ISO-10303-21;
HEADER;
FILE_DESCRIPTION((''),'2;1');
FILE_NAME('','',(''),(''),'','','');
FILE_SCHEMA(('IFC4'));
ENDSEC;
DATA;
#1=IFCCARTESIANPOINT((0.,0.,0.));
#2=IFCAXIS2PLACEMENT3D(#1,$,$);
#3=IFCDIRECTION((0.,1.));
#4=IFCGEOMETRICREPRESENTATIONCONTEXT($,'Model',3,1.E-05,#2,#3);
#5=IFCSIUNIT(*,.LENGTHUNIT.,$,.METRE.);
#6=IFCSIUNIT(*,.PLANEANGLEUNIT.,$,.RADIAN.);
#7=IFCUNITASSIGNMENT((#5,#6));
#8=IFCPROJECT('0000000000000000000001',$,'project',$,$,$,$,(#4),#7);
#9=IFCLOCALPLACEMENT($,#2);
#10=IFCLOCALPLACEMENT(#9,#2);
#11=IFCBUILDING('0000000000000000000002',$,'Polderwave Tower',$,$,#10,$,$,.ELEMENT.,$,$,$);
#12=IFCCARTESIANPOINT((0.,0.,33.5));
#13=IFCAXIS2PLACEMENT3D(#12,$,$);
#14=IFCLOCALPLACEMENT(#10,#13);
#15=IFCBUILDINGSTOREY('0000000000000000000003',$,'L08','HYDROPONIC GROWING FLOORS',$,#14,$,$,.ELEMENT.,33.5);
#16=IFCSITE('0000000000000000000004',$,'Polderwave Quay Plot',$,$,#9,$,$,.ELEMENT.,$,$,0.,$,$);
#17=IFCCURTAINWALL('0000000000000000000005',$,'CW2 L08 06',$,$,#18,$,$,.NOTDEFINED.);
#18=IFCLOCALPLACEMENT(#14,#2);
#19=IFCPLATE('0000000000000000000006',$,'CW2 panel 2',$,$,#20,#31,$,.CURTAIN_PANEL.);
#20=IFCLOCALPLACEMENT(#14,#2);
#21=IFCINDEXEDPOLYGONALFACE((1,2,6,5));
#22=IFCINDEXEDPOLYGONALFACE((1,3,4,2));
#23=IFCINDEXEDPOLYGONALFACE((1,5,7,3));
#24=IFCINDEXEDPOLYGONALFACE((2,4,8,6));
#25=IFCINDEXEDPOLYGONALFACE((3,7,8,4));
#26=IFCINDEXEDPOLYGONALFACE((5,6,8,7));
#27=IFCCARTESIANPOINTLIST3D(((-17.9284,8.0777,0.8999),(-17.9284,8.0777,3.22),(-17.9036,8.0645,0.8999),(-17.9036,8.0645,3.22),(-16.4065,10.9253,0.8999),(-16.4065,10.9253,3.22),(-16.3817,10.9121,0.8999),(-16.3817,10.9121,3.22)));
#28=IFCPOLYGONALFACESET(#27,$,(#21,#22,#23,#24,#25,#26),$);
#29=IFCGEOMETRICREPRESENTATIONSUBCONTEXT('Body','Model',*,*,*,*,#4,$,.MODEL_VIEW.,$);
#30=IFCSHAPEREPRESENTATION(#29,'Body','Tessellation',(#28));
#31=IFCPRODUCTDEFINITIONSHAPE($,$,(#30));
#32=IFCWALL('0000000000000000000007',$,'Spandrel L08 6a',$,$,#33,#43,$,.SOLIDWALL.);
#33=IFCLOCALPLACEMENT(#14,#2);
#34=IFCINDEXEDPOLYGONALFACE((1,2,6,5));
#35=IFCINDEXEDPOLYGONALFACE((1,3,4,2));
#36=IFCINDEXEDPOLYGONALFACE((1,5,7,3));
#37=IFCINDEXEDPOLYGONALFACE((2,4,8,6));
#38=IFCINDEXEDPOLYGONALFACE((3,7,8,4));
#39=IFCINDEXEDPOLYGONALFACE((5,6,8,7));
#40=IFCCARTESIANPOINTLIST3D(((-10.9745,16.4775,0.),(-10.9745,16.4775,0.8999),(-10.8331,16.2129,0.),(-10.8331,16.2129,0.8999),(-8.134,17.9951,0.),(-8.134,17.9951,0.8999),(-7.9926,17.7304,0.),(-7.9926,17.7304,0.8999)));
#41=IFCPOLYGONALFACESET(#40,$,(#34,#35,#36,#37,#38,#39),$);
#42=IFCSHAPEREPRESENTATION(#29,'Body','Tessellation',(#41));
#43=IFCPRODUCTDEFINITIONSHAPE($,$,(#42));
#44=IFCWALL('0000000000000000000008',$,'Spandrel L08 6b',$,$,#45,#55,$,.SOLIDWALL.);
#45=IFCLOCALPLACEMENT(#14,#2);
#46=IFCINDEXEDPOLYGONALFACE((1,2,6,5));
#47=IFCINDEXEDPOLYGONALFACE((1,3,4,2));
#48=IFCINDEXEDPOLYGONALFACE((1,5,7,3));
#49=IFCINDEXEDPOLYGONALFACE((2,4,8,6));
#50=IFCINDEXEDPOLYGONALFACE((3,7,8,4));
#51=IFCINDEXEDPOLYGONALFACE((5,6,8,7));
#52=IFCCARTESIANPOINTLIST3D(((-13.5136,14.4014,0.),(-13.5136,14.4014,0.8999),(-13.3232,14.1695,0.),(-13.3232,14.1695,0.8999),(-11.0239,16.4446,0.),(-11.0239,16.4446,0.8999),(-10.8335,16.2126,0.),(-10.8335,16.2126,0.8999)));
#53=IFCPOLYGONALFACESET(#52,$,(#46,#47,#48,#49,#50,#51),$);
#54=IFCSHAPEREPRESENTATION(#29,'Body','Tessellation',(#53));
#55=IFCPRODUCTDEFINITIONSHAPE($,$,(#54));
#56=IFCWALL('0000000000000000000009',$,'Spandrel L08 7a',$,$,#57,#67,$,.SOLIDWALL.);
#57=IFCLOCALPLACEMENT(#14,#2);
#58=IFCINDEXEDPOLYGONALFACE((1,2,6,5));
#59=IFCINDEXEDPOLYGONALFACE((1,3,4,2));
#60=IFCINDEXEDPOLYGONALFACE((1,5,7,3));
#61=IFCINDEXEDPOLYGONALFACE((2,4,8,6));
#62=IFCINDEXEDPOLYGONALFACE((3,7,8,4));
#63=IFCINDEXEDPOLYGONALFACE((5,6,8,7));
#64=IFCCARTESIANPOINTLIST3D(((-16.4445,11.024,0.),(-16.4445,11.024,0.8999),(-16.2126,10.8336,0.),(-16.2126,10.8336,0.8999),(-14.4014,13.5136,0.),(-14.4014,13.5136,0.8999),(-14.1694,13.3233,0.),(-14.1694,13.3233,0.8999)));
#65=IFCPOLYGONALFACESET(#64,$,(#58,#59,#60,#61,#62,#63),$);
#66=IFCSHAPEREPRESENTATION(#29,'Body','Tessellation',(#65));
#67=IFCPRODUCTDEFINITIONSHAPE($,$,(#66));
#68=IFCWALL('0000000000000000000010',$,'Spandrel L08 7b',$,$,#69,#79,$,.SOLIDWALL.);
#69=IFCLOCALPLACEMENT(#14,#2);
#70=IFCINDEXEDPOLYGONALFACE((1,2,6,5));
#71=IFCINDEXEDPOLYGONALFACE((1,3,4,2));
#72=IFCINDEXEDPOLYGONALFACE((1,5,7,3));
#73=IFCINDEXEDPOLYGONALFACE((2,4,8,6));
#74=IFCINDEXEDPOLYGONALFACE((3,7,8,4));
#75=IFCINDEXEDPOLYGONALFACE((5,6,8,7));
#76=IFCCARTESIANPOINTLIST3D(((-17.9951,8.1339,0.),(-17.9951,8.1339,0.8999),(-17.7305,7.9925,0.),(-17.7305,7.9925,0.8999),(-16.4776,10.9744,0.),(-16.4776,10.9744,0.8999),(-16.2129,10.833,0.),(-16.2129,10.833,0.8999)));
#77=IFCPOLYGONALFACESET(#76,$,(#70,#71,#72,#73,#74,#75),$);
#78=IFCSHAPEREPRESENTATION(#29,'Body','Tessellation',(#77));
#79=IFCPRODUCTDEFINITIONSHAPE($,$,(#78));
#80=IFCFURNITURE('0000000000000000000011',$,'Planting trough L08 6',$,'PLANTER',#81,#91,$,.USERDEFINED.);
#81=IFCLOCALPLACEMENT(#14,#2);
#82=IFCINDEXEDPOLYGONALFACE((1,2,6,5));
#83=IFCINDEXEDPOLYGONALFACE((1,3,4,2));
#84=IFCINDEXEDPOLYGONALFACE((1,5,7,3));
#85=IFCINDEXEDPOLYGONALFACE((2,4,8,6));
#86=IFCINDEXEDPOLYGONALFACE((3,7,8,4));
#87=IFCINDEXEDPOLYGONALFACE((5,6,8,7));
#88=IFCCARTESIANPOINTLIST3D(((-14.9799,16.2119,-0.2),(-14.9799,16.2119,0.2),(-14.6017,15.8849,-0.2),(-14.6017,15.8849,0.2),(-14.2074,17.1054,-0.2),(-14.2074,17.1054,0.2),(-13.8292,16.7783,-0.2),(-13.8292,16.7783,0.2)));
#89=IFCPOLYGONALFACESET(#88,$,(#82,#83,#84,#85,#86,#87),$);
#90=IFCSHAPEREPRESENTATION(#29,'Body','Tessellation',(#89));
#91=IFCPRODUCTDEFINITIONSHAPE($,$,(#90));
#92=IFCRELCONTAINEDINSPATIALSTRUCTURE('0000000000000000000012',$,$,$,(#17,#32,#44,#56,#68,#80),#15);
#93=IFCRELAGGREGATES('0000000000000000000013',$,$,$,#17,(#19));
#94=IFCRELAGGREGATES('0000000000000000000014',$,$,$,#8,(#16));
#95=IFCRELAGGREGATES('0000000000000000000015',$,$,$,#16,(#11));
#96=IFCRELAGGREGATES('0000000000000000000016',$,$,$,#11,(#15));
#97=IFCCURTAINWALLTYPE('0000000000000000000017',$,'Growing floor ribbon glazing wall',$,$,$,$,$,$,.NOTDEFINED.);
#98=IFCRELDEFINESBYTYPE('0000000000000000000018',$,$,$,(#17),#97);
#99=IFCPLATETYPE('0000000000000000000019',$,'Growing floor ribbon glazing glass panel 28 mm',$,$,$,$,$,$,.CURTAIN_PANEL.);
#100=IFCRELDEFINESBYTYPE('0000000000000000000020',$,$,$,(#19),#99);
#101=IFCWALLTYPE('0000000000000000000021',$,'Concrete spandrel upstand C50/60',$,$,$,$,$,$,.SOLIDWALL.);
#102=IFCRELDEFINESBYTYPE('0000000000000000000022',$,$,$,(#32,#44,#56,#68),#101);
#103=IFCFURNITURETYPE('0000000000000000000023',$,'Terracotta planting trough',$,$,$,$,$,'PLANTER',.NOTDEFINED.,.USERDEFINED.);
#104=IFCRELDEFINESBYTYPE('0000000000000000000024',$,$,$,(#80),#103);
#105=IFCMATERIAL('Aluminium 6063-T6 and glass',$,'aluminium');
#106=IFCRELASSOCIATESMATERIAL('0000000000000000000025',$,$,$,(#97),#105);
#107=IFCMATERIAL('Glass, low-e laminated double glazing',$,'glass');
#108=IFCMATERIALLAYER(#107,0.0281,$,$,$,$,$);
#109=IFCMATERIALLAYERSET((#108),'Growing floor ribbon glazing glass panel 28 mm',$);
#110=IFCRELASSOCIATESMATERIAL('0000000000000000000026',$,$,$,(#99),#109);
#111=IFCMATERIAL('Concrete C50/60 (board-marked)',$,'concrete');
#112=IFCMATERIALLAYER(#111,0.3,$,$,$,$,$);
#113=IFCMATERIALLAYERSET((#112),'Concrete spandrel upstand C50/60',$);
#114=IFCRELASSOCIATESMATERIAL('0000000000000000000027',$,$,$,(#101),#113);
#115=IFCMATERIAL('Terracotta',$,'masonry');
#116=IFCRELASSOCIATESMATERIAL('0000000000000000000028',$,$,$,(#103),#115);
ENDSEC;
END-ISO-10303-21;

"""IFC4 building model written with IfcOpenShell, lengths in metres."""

from ifc_helpers import new_model, si_unit, direction, frame, frame_2d, origin, origin_2d, place, context, subcontext, project, spatial, rectangle, extrude, material, layer, layer_set, type_object, element, aggregate, save


model = new_model("IFC4")

# Units and contexts
model_context = context("Model", 3, precision=1e-05, world=origin(), true_north=direction((0.0, 1.0)))
body_context = subcontext(model_context, "Body", "Model", "MODEL_VIEW")
ifc_project = project(units=[si_unit("LENGTHUNIT", "METRE"), si_unit("PLANEANGLEUNIT", "RADIAN")], contexts=[model_context])

# Site, building, storey
site_placement = place(None, origin())
site = spatial("IfcSite", under=ifc_project, at=site_placement, Name="Polderwave Quay Plot", CompositionType="ELEMENT", RefElevation=0.0)
building_placement = place(site_placement, origin())
building = spatial("IfcBuilding", under=site, at=building_placement, Name="Polderwave Tower", CompositionType="ELEMENT")
storey_placement = place(building_placement, frame((0.0, 0.0, 33.5)))
storey = spatial("IfcBuildingStorey", under=building, at=storey_placement, Name="L08", Description="HYDROPONIC GROWING FLOORS", CompositionType="ELEMENT", Elevation=33.5)

# Curtain wall
ifc_material_1 = material(Name="Aluminium 6063-T6 and glass", Category="aluminium")
curtain_wall_type = type_object("IfcCurtainWallType", Name="Growing floor ribbon glazing wall", PredefinedType="NOTDEFINED", material=ifc_material_1)
curtain_wall_1_placement = place(storey_placement, origin())
curtain_wall_1 = element("IfcCurtainWall", 1, at=curtain_wall_1_placement, inside=storey, type_object=curtain_wall_type, Name="CW2 L08 06", PredefinedType="NOTDEFINED")

# Plate
ifc_material_2 = material(Name="Glass, low-e laminated double glazing", Category="glass")
ifc_layer_1 = layer(ifc_material_2, 0.0281)
ifc_layer_set_1 = layer_set([ifc_layer_1], Name="Growing floor ribbon glazing glass panel 28 mm")
plate_type = type_object("IfcPlateType", Name="Growing floor ribbon glazing glass panel 28 mm", PredefinedType="CURTAIN_PANEL", material=ifc_layer_set_1)
plate_1_placement = place(storey_placement, frame((-17.155, 9.4949, 0.8999), z_axis=(0.0, 0.0, 1.0), x_axis=(-0.471352, -0.881945, 0.0)))
plate_1 = element("IfcPlate", 2, at=plate_1_placement, type_object=plate_type, Name="CW2 panel 2", PredefinedType="CURTAIN_PANEL", context=body_context, shape_type="SweptSolid", body=[
    extrude(rectangle(XDim=3.2288, YDim=0.0281, at=origin_2d()), origin(), (0.0, 0.0, 1.0), 2.3201),
])
aggregate(curtain_wall_1, [plate_1])

# Walls
ifc_material_3 = material(Name="Concrete C50/60 (board-marked)", Category="concrete")
ifc_layer_2 = layer(ifc_material_3, 0.3)
ifc_layer_set_2 = layer_set([ifc_layer_2], Name="Concrete spandrel upstand C50/60")
wall_type = type_object("IfcWallType", Name="Concrete spandrel upstand C50/60", PredefinedType="SOLIDWALL", material=ifc_layer_set_2)
wall_1_placement = place(storey_placement, frame((-8.0632, 17.8628, 0.0), z_axis=(0.0, 0.0, 1.0), x_axis=(-0.882017, -0.471218, 0.0)))
element("IfcWall", 3, at=wall_1_placement, inside=storey, type_object=wall_type, Name="Spandrel L08 6a", PredefinedType="SOLIDWALL", context=body_context, shape_type="SweptSolid", body=[
    extrude(rectangle(XDim=3.2205, YDim=0.3, at=frame_2d((1.6104, 0.0))), origin(), (0.0, 0.0, 1.0), 0.8999),
])
for number, where, z_axis, x_axis, name in (
    (4, (-10.9287, 16.3286, 0.0), (0.0, 0.0, 1.0), (-0.773021, -0.63438, 0.0), "Spandrel L08 6b"),
    (5, (-14.2854, 13.4185, 0.0), (0.0, 0.0, 1.0), (-0.63438, -0.773021, 0.0), "Spandrel L08 7a"),
):
    element("IfcWall", number, at=place(storey_placement, frame(where, z_axis=z_axis, x_axis=x_axis)), inside=storey, type_object=wall_type, Name=name, PredefinedType="SOLIDWALL", context=body_context, shape_type="SweptSolid", body=[
        extrude(rectangle(XDim=3.2207, YDim=0.3, at=frame_2d((1.6104, 0.0))), origin(), (0.0, 0.0, 1.0), 0.8999),
    ])
wall_2_placement = place(storey_placement, frame((-16.3452, 10.9038, 0.0), z_axis=(0.0, 0.0, 1.0), x_axis=(-0.471218, -0.882017, 0.0)))
element("IfcWall", 6, at=wall_2_placement, inside=storey, type_object=wall_type, Name="Spandrel L08 7b", PredefinedType="SOLIDWALL", context=body_context, shape_type="SweptSolid", body=[
    extrude(rectangle(XDim=3.2205, YDim=0.3, at=frame_2d((1.6104, 0.0))), origin(), (0.0, 0.0, 1.0), 0.8999),
])

# Furniture
ifc_material_4 = material(Name="Terracotta", Category="masonry")
furniture_type = type_object("IfcFurnitureType", Name="Terracotta planting trough", ElementType="PLANTER", AssemblyPlace="NOTDEFINED", PredefinedType="USERDEFINED", material=ifc_material_4)
furniture_placement = place(storey_placement, frame((-14.4045, 16.4951, -0.2), z_axis=(0.0, 0.0, 1.0), x_axis=(-0.654072, -0.756433, 0.0)))
element("IfcFurniture", 7, at=furniture_placement, inside=storey, type_object=furniture_type, Name="Planting trough L08 6", ObjectType="PLANTER", PredefinedType="USERDEFINED", context=body_context, shape_type="SweptSolid", body=[
    extrude(rectangle(XDim=1.1812, YDim=0.5, at=origin_2d()), origin(), (0.0, 0.0, 1.0), 0.3999),
])

save(model, "model.ifc")
